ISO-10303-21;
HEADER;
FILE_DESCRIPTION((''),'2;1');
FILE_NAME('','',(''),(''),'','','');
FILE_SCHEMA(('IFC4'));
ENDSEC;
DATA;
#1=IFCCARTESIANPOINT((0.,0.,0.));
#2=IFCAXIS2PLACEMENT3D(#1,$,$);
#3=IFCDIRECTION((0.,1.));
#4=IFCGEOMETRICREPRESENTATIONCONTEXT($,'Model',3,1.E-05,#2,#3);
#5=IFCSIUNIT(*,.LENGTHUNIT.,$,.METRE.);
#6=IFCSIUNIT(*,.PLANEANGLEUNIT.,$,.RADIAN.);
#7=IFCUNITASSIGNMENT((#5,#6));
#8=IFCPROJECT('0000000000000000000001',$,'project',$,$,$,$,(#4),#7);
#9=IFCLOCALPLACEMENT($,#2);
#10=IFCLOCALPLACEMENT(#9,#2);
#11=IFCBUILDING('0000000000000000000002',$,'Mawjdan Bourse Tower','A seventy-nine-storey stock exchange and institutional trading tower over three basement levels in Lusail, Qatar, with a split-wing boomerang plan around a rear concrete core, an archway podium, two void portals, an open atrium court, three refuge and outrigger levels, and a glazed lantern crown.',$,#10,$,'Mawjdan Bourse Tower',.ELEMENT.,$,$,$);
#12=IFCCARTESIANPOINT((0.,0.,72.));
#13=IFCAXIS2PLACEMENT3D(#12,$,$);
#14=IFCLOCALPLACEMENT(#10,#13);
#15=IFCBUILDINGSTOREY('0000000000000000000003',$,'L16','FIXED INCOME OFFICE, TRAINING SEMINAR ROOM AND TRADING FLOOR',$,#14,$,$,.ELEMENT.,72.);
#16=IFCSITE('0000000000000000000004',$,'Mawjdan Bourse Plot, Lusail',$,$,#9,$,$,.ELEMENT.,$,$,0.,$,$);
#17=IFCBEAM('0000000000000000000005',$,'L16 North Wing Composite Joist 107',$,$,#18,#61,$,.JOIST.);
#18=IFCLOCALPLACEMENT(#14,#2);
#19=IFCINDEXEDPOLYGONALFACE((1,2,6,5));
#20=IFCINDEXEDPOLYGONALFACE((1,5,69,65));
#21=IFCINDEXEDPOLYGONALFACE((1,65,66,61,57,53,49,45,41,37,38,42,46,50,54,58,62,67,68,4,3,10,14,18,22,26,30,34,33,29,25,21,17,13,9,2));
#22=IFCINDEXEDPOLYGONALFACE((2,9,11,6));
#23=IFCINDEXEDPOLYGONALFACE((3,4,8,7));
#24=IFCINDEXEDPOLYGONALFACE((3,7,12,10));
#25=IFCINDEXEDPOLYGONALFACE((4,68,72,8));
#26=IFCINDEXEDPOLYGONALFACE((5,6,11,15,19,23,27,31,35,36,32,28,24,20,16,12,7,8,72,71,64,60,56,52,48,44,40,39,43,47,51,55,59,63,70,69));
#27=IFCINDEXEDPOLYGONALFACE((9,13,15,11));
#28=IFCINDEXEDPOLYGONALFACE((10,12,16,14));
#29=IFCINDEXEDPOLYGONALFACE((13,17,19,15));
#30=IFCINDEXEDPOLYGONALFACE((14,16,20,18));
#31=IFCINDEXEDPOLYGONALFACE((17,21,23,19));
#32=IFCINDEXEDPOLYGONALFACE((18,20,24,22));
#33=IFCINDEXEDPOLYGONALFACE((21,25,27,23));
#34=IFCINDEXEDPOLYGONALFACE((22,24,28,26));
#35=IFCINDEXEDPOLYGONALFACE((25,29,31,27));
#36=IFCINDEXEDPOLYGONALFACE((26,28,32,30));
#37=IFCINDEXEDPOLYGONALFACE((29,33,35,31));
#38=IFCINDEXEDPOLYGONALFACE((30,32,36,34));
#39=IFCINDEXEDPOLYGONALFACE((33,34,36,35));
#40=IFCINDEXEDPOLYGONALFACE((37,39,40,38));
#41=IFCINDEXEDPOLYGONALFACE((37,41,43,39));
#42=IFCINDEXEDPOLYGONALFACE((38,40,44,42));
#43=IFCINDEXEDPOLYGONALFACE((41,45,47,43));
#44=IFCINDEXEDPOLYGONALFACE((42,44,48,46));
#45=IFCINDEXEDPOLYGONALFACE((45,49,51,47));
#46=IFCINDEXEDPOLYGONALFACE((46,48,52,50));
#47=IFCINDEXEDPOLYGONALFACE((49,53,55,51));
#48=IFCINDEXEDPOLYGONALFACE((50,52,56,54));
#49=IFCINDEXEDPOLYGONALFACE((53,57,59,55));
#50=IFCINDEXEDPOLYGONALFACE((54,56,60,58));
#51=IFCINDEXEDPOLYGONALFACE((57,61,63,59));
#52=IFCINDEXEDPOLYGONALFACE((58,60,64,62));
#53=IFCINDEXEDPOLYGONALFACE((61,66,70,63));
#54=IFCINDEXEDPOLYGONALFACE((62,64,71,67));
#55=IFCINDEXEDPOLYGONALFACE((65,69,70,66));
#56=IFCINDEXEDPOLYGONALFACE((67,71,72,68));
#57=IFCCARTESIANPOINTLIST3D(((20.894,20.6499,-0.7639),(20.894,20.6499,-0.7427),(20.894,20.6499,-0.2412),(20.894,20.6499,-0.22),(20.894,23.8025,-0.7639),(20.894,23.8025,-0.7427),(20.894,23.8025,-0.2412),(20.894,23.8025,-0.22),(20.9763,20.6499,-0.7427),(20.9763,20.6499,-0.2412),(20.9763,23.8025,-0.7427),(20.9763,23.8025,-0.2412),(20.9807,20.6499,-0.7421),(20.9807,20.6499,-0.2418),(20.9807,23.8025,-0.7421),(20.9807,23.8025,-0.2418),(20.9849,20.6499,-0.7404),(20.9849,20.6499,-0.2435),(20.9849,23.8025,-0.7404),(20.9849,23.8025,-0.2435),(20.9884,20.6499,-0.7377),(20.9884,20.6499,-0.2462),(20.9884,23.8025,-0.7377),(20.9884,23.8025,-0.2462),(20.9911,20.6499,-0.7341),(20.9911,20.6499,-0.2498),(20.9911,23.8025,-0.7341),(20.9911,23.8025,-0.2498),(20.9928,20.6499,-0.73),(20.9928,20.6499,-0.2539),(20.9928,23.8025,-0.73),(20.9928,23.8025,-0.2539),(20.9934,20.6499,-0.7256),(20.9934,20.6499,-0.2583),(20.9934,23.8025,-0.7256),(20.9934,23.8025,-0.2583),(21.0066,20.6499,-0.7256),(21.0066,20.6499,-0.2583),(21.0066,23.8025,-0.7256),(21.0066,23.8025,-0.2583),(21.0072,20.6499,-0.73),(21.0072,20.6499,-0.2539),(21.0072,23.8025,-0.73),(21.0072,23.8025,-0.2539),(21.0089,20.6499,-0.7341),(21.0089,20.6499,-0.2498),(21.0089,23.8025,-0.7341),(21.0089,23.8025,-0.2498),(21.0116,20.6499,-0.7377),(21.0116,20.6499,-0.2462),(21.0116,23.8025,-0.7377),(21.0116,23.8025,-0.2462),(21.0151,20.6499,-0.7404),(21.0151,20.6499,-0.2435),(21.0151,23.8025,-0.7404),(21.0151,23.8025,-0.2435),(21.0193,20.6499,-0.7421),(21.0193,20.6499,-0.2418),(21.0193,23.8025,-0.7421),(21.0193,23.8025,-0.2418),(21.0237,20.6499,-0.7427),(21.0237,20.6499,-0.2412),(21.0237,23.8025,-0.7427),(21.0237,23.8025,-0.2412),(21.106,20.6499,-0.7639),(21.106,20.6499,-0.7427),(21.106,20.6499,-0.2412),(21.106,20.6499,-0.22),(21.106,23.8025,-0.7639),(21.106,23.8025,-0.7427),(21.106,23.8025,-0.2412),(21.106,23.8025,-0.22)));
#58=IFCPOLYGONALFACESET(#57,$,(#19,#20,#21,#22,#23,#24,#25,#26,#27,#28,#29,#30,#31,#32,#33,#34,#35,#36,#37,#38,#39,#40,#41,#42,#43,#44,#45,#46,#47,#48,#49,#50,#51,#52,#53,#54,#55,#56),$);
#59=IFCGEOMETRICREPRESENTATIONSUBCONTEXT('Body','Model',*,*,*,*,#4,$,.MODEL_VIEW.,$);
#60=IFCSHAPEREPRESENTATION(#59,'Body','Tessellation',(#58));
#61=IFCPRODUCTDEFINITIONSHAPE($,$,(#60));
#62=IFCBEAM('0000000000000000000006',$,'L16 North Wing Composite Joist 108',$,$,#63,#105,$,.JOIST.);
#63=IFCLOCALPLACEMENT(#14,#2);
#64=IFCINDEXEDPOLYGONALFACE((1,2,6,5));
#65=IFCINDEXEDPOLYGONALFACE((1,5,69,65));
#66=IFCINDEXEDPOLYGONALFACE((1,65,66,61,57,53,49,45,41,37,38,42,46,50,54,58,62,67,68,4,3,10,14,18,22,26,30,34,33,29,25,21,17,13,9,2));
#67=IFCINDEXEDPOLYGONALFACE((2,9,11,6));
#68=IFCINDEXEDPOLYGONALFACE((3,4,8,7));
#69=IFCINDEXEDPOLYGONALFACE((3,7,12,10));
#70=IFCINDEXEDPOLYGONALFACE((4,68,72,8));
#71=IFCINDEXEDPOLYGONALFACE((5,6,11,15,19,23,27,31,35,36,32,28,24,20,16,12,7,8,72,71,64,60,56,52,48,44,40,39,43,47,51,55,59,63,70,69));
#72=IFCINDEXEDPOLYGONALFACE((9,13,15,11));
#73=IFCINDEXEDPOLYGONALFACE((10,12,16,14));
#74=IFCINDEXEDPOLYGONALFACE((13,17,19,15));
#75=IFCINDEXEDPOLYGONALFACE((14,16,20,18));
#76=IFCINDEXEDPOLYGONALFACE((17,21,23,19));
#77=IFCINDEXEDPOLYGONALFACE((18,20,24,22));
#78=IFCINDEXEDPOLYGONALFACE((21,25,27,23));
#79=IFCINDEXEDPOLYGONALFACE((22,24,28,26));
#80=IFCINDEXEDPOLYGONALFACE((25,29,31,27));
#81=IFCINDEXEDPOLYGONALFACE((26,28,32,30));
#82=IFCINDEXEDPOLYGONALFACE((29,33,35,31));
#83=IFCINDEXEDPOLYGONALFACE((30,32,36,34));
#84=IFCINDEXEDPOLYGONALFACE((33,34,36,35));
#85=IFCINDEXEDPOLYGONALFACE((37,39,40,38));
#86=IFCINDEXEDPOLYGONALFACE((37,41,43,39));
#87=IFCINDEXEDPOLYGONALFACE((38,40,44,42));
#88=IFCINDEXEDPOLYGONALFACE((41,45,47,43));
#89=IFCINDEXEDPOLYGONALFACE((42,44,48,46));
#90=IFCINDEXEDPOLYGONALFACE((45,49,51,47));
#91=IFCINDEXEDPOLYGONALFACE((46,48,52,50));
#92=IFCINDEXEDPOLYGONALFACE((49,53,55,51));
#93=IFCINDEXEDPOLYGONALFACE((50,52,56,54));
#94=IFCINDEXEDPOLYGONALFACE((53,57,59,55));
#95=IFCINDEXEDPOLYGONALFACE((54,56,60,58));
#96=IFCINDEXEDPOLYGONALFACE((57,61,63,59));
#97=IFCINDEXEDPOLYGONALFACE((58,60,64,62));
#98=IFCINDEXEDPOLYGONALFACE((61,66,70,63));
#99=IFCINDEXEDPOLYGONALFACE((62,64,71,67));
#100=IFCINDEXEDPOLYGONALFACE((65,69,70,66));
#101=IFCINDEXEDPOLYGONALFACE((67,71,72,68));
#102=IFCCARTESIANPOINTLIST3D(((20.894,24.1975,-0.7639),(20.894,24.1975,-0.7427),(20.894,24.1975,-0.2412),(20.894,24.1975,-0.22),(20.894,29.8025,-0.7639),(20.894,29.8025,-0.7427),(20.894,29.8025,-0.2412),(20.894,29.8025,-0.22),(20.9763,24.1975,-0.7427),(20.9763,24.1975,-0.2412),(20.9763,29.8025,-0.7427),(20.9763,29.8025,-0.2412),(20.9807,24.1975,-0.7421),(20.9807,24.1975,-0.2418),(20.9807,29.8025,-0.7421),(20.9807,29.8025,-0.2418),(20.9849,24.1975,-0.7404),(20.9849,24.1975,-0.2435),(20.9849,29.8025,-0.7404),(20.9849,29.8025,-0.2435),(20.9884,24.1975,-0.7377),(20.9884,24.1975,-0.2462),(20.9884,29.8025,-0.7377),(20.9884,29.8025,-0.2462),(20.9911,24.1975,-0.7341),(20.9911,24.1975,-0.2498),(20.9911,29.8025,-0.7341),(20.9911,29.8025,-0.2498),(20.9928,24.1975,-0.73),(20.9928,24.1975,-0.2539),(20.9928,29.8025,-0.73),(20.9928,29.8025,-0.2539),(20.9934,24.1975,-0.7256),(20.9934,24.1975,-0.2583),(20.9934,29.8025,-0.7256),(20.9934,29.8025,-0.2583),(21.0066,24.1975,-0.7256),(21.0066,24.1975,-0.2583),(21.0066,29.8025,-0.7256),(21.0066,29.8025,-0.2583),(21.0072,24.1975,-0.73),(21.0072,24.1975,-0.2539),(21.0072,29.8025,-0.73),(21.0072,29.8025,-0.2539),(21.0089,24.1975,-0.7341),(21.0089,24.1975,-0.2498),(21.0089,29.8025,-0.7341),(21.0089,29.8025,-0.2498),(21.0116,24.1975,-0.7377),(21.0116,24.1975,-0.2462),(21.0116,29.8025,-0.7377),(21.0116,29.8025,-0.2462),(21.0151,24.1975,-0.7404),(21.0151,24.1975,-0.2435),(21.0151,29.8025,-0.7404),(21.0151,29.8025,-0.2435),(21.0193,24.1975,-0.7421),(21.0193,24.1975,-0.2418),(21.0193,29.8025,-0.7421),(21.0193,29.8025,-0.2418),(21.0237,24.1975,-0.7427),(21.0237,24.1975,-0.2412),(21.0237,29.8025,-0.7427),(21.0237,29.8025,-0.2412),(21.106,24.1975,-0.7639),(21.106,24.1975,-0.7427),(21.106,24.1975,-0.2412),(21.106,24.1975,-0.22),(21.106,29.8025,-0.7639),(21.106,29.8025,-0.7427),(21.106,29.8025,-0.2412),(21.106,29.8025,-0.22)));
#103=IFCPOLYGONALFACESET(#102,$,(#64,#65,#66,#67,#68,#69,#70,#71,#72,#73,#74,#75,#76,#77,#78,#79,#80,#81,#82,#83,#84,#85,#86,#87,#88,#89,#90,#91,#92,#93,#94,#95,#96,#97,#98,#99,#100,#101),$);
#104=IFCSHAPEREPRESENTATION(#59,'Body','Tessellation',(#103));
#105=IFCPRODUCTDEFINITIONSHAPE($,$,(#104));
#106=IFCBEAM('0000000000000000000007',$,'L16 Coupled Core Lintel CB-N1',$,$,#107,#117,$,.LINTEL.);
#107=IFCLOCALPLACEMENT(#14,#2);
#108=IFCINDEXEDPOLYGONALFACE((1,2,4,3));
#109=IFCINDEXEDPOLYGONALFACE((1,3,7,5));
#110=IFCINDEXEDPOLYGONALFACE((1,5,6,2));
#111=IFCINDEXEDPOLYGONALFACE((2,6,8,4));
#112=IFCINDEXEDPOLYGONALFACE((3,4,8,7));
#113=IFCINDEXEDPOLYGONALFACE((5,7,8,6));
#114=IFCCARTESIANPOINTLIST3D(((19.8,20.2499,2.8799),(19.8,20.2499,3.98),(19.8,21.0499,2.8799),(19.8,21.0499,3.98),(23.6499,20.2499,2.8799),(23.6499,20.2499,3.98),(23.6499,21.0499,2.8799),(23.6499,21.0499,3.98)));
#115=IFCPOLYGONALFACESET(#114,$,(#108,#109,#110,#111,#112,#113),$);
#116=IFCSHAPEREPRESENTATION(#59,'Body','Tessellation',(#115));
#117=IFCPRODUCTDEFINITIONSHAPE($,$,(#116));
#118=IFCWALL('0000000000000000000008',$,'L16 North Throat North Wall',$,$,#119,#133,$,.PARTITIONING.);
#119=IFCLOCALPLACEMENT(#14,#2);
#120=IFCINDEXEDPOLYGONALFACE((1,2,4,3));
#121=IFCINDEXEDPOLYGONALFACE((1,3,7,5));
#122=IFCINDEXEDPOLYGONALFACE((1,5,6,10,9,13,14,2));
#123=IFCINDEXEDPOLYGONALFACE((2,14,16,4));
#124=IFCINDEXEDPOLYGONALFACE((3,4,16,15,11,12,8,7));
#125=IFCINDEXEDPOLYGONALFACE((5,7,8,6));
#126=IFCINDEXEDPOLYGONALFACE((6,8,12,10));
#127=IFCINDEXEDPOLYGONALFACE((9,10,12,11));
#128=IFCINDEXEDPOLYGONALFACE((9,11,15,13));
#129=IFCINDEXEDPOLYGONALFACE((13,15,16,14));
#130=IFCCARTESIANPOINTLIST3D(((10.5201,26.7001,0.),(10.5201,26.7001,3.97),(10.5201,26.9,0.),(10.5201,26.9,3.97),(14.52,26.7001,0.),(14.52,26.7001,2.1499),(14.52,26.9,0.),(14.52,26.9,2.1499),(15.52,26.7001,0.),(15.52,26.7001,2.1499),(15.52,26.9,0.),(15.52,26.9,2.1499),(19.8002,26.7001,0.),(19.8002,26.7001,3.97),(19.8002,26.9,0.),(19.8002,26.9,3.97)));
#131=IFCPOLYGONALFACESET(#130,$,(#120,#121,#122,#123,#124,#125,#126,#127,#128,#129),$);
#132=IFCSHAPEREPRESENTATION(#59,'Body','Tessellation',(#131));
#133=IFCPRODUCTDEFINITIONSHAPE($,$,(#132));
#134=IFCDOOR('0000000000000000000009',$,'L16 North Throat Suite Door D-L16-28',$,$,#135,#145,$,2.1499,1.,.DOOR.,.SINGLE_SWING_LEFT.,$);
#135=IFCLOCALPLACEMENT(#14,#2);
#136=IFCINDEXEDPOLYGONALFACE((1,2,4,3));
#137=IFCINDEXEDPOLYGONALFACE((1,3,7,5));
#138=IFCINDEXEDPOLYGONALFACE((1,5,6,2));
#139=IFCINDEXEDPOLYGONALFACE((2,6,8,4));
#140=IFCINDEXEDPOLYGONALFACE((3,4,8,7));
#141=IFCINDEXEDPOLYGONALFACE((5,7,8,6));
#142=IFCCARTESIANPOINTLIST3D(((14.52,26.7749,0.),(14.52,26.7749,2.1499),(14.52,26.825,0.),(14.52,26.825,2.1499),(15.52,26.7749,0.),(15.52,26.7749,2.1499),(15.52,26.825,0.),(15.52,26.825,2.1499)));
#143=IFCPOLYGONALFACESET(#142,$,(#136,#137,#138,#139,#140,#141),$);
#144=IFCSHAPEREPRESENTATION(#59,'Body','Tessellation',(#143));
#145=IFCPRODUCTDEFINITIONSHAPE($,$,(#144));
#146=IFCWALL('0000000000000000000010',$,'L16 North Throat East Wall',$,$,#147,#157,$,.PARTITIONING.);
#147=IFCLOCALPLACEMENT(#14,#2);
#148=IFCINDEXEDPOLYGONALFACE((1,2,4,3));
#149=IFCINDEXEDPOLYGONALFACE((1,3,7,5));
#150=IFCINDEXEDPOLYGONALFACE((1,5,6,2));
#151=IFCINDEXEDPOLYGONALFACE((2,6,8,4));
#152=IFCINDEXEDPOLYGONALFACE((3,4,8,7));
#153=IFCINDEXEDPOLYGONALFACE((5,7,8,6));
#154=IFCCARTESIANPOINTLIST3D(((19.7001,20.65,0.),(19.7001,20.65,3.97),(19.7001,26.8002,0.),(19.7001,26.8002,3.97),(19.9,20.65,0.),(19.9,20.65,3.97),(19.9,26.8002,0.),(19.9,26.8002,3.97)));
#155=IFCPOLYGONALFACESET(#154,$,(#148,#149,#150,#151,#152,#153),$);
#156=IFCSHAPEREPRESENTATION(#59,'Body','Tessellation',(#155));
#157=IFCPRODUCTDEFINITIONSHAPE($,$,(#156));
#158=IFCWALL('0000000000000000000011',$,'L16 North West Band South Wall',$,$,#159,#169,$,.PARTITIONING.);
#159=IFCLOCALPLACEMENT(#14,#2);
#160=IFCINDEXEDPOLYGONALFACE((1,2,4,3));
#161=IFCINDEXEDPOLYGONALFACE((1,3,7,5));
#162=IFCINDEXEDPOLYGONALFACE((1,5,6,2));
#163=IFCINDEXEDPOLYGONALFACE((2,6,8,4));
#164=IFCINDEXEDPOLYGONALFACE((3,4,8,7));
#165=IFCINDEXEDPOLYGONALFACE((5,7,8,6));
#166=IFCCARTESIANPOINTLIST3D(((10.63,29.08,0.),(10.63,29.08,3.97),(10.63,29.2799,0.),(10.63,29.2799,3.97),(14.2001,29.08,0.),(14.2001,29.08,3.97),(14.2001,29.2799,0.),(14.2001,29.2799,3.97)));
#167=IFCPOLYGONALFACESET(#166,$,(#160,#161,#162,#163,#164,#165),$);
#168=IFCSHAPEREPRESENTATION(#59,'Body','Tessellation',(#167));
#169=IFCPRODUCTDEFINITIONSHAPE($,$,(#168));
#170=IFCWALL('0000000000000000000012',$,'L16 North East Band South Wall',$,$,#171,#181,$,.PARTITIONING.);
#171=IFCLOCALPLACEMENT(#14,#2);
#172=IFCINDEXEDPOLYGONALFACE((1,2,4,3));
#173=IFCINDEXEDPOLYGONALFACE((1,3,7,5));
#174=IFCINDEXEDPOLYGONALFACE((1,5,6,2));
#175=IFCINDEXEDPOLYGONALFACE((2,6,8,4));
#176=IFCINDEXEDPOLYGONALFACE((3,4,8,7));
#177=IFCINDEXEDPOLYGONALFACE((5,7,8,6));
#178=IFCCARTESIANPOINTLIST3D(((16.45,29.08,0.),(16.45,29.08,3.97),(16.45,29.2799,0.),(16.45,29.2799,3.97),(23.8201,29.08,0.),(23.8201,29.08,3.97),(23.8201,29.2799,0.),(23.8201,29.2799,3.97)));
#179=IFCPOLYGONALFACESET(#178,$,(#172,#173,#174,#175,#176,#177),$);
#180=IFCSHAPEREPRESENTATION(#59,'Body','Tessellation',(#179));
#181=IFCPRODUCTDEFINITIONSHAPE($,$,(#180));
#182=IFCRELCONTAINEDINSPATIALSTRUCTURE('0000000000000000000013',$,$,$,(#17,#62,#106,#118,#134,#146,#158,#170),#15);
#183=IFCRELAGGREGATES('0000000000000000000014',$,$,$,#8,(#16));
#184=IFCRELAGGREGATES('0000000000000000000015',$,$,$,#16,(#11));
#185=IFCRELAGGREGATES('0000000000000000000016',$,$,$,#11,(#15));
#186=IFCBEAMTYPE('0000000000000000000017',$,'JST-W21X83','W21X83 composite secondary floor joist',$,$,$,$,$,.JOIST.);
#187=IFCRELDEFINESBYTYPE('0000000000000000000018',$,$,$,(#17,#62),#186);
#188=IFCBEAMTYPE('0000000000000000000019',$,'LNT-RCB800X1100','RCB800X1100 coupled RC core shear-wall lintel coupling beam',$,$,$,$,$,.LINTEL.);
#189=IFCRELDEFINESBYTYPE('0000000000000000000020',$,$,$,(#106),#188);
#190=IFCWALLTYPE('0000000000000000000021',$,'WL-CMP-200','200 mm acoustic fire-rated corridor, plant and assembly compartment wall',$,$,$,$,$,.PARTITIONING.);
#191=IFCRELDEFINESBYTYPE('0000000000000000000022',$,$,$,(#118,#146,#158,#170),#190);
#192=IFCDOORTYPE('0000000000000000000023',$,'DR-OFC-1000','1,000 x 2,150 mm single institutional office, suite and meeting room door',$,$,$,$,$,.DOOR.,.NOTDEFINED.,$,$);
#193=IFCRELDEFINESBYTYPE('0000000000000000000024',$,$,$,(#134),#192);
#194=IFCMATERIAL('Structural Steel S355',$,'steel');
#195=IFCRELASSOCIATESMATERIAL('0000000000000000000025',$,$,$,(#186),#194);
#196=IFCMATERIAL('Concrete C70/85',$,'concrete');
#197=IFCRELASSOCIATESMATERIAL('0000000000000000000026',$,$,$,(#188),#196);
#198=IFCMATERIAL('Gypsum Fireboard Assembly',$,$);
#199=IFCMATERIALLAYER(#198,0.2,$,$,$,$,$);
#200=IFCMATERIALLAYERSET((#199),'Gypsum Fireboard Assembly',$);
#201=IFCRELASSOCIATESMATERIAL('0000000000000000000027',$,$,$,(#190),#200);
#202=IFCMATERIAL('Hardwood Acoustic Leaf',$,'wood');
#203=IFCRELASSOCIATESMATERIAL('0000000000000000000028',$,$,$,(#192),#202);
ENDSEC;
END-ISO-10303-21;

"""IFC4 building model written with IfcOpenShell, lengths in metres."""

from ifc_helpers import new_model, si_unit, direction, frame, frame_2d, origin, origin_2d, place, context, subcontext, project, spatial, rectangle, i_section, extrude, material, layer, layer_set, material_profile, profile_set, type_object, element, fill, save


model = new_model("IFC4")

# Units and contexts
model_context = context("Model", 3, precision=1e-05, world=origin(), true_north=direction((0.0, 1.0)))
body_context = subcontext(model_context, "Body", "Model", "MODEL_VIEW")
ifc_project = project(units=[si_unit("LENGTHUNIT", "METRE"), si_unit("PLANEANGLEUNIT", "RADIAN")], contexts=[model_context])

# Site, building, storey
site_placement = place(None, origin())
site = spatial("IfcSite", under=ifc_project, at=site_placement, Name="Mawjdan Bourse Plot, Lusail", CompositionType="ELEMENT", RefElevation=0.0)
building_placement = place(site_placement, origin())
building = spatial("IfcBuilding", under=site, at=building_placement, Name="Mawjdan Bourse Tower", Description="A seventy-nine-storey stock exchange and institutional trading tower over three basement levels in Lusail, Qatar, with a split-wing boomerang plan around a rear concrete core, an archway podium, two void portals, an open atrium court, three refuge and outrigger levels, and a glazed lantern crown.", LongName="Mawjdan Bourse Tower", CompositionType="ELEMENT")
storey_placement = place(building_placement, frame((0.0, 0.0, 72.0)))
storey = spatial("IfcBuildingStorey", under=building, at=storey_placement, Name="L16", Description="FIXED INCOME OFFICE, TRAINING SEMINAR ROOM AND TRADING FLOOR", CompositionType="ELEMENT", Elevation=72.0)

# Beams
ifc_material_1 = material(Name="Structural Steel S355", Category="steel")
ifc_material_profile_1 = material_profile(ifc_material_1, i_section(OverallWidth=0.2119, OverallDepth=0.5439, WebThickness=0.0132, FlangeThickness=0.0212, FilletRadius=0.0171, at=origin_2d()), Name="W21X83")
ifc_profile_set_1 = profile_set([ifc_material_profile_1], Name="Structural Steel S355")
beam_type_1 = type_object("IfcBeamType", Name="JST-W21X83", Description="W21X83 composite secondary floor joist", PredefinedType="JOIST", material=ifc_profile_set_1)
beam_1_placement = place(storey_placement, frame((21.0, 20.6499, -0.4919), z_axis=(0.0, 1.0, 0.0), x_axis=(-1.0, 0.0, 0.0)))
element("IfcBeam", 1, at=beam_1_placement, inside=storey, type_object=beam_type_1, Name="L16 North Wing Composite Joist 107", PredefinedType="JOIST", context=body_context, shape_type="SweptSolid", body=[
    extrude(i_section(OverallWidth=0.2119, OverallDepth=0.5439, WebThickness=0.0132, FlangeThickness=0.0212, FilletRadius=0.0171, at=origin_2d()), origin(), (0.0, 0.0, 1.0), 3.1526),
])
beam_2_placement = place(storey_placement, frame((21.0, 24.1975, -0.4919), z_axis=(0.0, 1.0, 0.0), x_axis=(-1.0, 0.0, 0.0)))
element("IfcBeam", 2, at=beam_2_placement, inside=storey, type_object=beam_type_1, Name="L16 North Wing Composite Joist 108", PredefinedType="JOIST", context=body_context, shape_type="SweptSolid", body=[
    extrude(i_section(OverallWidth=0.2119, OverallDepth=0.5439, WebThickness=0.0132, FlangeThickness=0.0212, FilletRadius=0.0171, at=origin_2d()), origin(), (0.0, 0.0, 1.0), 5.605),
])
ifc_material_2 = material(Name="Concrete C70/85", Category="concrete")
ifc_material_profile_2 = material_profile(ifc_material_2, rectangle(XDim=0.8, YDim=1.1001, at=origin_2d()), Name="RCB800X1100")
ifc_profile_set_2 = profile_set([ifc_material_profile_2], Name="Concrete C70/85")
beam_type_2 = type_object("IfcBeamType", Name="LNT-RCB800X1100", Description="RCB800X1100 coupled RC core shear-wall lintel coupling beam", PredefinedType="LINTEL", material=ifc_profile_set_2)
beam_3_placement = place(storey_placement, frame((19.8, 20.6499, 3.4299), z_axis=(1.0, 0.0, 0.0), x_axis=(0.0, 1.0, 0.0)))
element("IfcBeam", 3, at=beam_3_placement, inside=storey, type_object=beam_type_2, Name="L16 Coupled Core Lintel CB-N1", PredefinedType="LINTEL", context=body_context, shape_type="SweptSolid", body=[
    extrude(rectangle(XDim=0.8, YDim=1.1001, at=origin_2d()), origin(), (0.0, 0.0, 1.0), 3.8499),
])

# Wall, opening, door
ifc_material_3 = material(Name="Gypsum Fireboard Assembly")
ifc_layer = layer(ifc_material_3, 0.2)
ifc_layer_set = layer_set([ifc_layer], Name="Gypsum Fireboard Assembly")
wall_type = type_object("IfcWallType", Name="WL-CMP-200", Description="200 mm acoustic fire-rated corridor, plant and assembly compartment wall", PredefinedType="PARTITIONING", material=ifc_layer_set)
wall_1_placement = place(storey_placement, frame((10.52, 26.8, 0.0), z_axis=(0.0, 0.0, 1.0), x_axis=(1.0, 0.0, 0.0)))
wall_1 = element("IfcWall", 4, at=wall_1_placement, inside=storey, type_object=wall_type, Name="L16 North Throat North Wall", PredefinedType="PARTITIONING", context=body_context, shape_type="SweptSolid", body=[
    extrude(rectangle(XDim=9.28, YDim=0.2, at=frame_2d((4.6401, 0.0))), origin(), (0.0, 0.0, 1.0), 3.97),
])
opening_1_placement = place(wall_1_placement, frame((4.0, 0.0, 0.0)))
opening_1 = element("IfcOpeningElement", 5, at=opening_1_placement, cuts=wall_1, PredefinedType="OPENING", context=body_context, shape_type="SweptSolid", body=[
    extrude(rectangle(XDim=1.0, YDim=2.1499, at=frame_2d((0.5, 1.075))), frame((0.0, 0.1099, 0.0), z_axis=(0.0, -1.0, 0.0), x_axis=(1.0, 0.0, 0.0)), (0.0, 0.0, 1.0), 0.22),
])
ifc_material_4 = material(Name="Hardwood Acoustic Leaf", Category="wood")
door_type = type_object("IfcDoorType", Name="DR-OFC-1000", Description="1,000 x 2,150 mm single institutional office, suite and meeting room door", OperationType="NOTDEFINED", PredefinedType="DOOR", material=ifc_material_4)
door_1_placement = place(opening_1_placement, origin())
door_1 = element("IfcDoor", 6, at=door_1_placement, inside=storey, type_object=door_type, Name="L16 North Throat Suite Door D-L16-28", OperationType="SINGLE_SWING_LEFT", OverallHeight=2.1499, OverallWidth=1.0, PredefinedType="DOOR", context=body_context, shape_type="SweptSolid", body=[
    extrude(rectangle(XDim=1.0, YDim=2.1499, at=frame_2d((0.5, 1.075))), frame((0.0, 0.0249, 0.0), z_axis=(0.0, -1.0, 0.0), x_axis=(1.0, 0.0, 0.0)), (0.0, 0.0, 1.0), 0.05),
])
fill(opening_1, door_1)

# Walls
wall_2_placement = place(storey_placement, frame((19.8, 20.6499, 0.0), z_axis=(0.0, 0.0, 1.0), x_axis=(0.0, 1.0, 0.0)))
element("IfcWall", 7, at=wall_2_placement, inside=storey, type_object=wall_type, Name="L16 North Throat East Wall", PredefinedType="PARTITIONING", context=body_context, shape_type="SweptSolid", body=[
    extrude(rectangle(XDim=6.1501, YDim=0.2, at=frame_2d((3.0752, 0.0))), origin(), (0.0, 0.0, 1.0), 3.97),
])
wall_3_placement = place(storey_placement, frame((10.6299, 29.1799, 0.0), z_axis=(0.0, 0.0, 1.0), x_axis=(1.0, 0.0, 0.0)))
element("IfcWall", 8, at=wall_3_placement, inside=storey, type_object=wall_type, Name="L16 North West Band South Wall", PredefinedType="PARTITIONING", context=body_context, shape_type="SweptSolid", body=[
    extrude(rectangle(XDim=3.5701, YDim=0.2, at=frame_2d((1.7852, 0.0))), origin(), (0.0, 0.0, 1.0), 3.97),
])
wall_4_placement = place(storey_placement, frame((16.45, 29.1799, 0.0), z_axis=(0.0, 0.0, 1.0), x_axis=(1.0, 0.0, 0.0)))
element("IfcWall", 9, at=wall_4_placement, inside=storey, type_object=wall_type, Name="L16 North East Band South Wall", PredefinedType="PARTITIONING", context=body_context, shape_type="SweptSolid", body=[
    extrude(rectangle(XDim=7.3701, YDim=0.2, at=frame_2d((3.6851, 0.0))), origin(), (0.0, 0.0, 1.0), 3.97),
])

save(model, "model.ifc")
